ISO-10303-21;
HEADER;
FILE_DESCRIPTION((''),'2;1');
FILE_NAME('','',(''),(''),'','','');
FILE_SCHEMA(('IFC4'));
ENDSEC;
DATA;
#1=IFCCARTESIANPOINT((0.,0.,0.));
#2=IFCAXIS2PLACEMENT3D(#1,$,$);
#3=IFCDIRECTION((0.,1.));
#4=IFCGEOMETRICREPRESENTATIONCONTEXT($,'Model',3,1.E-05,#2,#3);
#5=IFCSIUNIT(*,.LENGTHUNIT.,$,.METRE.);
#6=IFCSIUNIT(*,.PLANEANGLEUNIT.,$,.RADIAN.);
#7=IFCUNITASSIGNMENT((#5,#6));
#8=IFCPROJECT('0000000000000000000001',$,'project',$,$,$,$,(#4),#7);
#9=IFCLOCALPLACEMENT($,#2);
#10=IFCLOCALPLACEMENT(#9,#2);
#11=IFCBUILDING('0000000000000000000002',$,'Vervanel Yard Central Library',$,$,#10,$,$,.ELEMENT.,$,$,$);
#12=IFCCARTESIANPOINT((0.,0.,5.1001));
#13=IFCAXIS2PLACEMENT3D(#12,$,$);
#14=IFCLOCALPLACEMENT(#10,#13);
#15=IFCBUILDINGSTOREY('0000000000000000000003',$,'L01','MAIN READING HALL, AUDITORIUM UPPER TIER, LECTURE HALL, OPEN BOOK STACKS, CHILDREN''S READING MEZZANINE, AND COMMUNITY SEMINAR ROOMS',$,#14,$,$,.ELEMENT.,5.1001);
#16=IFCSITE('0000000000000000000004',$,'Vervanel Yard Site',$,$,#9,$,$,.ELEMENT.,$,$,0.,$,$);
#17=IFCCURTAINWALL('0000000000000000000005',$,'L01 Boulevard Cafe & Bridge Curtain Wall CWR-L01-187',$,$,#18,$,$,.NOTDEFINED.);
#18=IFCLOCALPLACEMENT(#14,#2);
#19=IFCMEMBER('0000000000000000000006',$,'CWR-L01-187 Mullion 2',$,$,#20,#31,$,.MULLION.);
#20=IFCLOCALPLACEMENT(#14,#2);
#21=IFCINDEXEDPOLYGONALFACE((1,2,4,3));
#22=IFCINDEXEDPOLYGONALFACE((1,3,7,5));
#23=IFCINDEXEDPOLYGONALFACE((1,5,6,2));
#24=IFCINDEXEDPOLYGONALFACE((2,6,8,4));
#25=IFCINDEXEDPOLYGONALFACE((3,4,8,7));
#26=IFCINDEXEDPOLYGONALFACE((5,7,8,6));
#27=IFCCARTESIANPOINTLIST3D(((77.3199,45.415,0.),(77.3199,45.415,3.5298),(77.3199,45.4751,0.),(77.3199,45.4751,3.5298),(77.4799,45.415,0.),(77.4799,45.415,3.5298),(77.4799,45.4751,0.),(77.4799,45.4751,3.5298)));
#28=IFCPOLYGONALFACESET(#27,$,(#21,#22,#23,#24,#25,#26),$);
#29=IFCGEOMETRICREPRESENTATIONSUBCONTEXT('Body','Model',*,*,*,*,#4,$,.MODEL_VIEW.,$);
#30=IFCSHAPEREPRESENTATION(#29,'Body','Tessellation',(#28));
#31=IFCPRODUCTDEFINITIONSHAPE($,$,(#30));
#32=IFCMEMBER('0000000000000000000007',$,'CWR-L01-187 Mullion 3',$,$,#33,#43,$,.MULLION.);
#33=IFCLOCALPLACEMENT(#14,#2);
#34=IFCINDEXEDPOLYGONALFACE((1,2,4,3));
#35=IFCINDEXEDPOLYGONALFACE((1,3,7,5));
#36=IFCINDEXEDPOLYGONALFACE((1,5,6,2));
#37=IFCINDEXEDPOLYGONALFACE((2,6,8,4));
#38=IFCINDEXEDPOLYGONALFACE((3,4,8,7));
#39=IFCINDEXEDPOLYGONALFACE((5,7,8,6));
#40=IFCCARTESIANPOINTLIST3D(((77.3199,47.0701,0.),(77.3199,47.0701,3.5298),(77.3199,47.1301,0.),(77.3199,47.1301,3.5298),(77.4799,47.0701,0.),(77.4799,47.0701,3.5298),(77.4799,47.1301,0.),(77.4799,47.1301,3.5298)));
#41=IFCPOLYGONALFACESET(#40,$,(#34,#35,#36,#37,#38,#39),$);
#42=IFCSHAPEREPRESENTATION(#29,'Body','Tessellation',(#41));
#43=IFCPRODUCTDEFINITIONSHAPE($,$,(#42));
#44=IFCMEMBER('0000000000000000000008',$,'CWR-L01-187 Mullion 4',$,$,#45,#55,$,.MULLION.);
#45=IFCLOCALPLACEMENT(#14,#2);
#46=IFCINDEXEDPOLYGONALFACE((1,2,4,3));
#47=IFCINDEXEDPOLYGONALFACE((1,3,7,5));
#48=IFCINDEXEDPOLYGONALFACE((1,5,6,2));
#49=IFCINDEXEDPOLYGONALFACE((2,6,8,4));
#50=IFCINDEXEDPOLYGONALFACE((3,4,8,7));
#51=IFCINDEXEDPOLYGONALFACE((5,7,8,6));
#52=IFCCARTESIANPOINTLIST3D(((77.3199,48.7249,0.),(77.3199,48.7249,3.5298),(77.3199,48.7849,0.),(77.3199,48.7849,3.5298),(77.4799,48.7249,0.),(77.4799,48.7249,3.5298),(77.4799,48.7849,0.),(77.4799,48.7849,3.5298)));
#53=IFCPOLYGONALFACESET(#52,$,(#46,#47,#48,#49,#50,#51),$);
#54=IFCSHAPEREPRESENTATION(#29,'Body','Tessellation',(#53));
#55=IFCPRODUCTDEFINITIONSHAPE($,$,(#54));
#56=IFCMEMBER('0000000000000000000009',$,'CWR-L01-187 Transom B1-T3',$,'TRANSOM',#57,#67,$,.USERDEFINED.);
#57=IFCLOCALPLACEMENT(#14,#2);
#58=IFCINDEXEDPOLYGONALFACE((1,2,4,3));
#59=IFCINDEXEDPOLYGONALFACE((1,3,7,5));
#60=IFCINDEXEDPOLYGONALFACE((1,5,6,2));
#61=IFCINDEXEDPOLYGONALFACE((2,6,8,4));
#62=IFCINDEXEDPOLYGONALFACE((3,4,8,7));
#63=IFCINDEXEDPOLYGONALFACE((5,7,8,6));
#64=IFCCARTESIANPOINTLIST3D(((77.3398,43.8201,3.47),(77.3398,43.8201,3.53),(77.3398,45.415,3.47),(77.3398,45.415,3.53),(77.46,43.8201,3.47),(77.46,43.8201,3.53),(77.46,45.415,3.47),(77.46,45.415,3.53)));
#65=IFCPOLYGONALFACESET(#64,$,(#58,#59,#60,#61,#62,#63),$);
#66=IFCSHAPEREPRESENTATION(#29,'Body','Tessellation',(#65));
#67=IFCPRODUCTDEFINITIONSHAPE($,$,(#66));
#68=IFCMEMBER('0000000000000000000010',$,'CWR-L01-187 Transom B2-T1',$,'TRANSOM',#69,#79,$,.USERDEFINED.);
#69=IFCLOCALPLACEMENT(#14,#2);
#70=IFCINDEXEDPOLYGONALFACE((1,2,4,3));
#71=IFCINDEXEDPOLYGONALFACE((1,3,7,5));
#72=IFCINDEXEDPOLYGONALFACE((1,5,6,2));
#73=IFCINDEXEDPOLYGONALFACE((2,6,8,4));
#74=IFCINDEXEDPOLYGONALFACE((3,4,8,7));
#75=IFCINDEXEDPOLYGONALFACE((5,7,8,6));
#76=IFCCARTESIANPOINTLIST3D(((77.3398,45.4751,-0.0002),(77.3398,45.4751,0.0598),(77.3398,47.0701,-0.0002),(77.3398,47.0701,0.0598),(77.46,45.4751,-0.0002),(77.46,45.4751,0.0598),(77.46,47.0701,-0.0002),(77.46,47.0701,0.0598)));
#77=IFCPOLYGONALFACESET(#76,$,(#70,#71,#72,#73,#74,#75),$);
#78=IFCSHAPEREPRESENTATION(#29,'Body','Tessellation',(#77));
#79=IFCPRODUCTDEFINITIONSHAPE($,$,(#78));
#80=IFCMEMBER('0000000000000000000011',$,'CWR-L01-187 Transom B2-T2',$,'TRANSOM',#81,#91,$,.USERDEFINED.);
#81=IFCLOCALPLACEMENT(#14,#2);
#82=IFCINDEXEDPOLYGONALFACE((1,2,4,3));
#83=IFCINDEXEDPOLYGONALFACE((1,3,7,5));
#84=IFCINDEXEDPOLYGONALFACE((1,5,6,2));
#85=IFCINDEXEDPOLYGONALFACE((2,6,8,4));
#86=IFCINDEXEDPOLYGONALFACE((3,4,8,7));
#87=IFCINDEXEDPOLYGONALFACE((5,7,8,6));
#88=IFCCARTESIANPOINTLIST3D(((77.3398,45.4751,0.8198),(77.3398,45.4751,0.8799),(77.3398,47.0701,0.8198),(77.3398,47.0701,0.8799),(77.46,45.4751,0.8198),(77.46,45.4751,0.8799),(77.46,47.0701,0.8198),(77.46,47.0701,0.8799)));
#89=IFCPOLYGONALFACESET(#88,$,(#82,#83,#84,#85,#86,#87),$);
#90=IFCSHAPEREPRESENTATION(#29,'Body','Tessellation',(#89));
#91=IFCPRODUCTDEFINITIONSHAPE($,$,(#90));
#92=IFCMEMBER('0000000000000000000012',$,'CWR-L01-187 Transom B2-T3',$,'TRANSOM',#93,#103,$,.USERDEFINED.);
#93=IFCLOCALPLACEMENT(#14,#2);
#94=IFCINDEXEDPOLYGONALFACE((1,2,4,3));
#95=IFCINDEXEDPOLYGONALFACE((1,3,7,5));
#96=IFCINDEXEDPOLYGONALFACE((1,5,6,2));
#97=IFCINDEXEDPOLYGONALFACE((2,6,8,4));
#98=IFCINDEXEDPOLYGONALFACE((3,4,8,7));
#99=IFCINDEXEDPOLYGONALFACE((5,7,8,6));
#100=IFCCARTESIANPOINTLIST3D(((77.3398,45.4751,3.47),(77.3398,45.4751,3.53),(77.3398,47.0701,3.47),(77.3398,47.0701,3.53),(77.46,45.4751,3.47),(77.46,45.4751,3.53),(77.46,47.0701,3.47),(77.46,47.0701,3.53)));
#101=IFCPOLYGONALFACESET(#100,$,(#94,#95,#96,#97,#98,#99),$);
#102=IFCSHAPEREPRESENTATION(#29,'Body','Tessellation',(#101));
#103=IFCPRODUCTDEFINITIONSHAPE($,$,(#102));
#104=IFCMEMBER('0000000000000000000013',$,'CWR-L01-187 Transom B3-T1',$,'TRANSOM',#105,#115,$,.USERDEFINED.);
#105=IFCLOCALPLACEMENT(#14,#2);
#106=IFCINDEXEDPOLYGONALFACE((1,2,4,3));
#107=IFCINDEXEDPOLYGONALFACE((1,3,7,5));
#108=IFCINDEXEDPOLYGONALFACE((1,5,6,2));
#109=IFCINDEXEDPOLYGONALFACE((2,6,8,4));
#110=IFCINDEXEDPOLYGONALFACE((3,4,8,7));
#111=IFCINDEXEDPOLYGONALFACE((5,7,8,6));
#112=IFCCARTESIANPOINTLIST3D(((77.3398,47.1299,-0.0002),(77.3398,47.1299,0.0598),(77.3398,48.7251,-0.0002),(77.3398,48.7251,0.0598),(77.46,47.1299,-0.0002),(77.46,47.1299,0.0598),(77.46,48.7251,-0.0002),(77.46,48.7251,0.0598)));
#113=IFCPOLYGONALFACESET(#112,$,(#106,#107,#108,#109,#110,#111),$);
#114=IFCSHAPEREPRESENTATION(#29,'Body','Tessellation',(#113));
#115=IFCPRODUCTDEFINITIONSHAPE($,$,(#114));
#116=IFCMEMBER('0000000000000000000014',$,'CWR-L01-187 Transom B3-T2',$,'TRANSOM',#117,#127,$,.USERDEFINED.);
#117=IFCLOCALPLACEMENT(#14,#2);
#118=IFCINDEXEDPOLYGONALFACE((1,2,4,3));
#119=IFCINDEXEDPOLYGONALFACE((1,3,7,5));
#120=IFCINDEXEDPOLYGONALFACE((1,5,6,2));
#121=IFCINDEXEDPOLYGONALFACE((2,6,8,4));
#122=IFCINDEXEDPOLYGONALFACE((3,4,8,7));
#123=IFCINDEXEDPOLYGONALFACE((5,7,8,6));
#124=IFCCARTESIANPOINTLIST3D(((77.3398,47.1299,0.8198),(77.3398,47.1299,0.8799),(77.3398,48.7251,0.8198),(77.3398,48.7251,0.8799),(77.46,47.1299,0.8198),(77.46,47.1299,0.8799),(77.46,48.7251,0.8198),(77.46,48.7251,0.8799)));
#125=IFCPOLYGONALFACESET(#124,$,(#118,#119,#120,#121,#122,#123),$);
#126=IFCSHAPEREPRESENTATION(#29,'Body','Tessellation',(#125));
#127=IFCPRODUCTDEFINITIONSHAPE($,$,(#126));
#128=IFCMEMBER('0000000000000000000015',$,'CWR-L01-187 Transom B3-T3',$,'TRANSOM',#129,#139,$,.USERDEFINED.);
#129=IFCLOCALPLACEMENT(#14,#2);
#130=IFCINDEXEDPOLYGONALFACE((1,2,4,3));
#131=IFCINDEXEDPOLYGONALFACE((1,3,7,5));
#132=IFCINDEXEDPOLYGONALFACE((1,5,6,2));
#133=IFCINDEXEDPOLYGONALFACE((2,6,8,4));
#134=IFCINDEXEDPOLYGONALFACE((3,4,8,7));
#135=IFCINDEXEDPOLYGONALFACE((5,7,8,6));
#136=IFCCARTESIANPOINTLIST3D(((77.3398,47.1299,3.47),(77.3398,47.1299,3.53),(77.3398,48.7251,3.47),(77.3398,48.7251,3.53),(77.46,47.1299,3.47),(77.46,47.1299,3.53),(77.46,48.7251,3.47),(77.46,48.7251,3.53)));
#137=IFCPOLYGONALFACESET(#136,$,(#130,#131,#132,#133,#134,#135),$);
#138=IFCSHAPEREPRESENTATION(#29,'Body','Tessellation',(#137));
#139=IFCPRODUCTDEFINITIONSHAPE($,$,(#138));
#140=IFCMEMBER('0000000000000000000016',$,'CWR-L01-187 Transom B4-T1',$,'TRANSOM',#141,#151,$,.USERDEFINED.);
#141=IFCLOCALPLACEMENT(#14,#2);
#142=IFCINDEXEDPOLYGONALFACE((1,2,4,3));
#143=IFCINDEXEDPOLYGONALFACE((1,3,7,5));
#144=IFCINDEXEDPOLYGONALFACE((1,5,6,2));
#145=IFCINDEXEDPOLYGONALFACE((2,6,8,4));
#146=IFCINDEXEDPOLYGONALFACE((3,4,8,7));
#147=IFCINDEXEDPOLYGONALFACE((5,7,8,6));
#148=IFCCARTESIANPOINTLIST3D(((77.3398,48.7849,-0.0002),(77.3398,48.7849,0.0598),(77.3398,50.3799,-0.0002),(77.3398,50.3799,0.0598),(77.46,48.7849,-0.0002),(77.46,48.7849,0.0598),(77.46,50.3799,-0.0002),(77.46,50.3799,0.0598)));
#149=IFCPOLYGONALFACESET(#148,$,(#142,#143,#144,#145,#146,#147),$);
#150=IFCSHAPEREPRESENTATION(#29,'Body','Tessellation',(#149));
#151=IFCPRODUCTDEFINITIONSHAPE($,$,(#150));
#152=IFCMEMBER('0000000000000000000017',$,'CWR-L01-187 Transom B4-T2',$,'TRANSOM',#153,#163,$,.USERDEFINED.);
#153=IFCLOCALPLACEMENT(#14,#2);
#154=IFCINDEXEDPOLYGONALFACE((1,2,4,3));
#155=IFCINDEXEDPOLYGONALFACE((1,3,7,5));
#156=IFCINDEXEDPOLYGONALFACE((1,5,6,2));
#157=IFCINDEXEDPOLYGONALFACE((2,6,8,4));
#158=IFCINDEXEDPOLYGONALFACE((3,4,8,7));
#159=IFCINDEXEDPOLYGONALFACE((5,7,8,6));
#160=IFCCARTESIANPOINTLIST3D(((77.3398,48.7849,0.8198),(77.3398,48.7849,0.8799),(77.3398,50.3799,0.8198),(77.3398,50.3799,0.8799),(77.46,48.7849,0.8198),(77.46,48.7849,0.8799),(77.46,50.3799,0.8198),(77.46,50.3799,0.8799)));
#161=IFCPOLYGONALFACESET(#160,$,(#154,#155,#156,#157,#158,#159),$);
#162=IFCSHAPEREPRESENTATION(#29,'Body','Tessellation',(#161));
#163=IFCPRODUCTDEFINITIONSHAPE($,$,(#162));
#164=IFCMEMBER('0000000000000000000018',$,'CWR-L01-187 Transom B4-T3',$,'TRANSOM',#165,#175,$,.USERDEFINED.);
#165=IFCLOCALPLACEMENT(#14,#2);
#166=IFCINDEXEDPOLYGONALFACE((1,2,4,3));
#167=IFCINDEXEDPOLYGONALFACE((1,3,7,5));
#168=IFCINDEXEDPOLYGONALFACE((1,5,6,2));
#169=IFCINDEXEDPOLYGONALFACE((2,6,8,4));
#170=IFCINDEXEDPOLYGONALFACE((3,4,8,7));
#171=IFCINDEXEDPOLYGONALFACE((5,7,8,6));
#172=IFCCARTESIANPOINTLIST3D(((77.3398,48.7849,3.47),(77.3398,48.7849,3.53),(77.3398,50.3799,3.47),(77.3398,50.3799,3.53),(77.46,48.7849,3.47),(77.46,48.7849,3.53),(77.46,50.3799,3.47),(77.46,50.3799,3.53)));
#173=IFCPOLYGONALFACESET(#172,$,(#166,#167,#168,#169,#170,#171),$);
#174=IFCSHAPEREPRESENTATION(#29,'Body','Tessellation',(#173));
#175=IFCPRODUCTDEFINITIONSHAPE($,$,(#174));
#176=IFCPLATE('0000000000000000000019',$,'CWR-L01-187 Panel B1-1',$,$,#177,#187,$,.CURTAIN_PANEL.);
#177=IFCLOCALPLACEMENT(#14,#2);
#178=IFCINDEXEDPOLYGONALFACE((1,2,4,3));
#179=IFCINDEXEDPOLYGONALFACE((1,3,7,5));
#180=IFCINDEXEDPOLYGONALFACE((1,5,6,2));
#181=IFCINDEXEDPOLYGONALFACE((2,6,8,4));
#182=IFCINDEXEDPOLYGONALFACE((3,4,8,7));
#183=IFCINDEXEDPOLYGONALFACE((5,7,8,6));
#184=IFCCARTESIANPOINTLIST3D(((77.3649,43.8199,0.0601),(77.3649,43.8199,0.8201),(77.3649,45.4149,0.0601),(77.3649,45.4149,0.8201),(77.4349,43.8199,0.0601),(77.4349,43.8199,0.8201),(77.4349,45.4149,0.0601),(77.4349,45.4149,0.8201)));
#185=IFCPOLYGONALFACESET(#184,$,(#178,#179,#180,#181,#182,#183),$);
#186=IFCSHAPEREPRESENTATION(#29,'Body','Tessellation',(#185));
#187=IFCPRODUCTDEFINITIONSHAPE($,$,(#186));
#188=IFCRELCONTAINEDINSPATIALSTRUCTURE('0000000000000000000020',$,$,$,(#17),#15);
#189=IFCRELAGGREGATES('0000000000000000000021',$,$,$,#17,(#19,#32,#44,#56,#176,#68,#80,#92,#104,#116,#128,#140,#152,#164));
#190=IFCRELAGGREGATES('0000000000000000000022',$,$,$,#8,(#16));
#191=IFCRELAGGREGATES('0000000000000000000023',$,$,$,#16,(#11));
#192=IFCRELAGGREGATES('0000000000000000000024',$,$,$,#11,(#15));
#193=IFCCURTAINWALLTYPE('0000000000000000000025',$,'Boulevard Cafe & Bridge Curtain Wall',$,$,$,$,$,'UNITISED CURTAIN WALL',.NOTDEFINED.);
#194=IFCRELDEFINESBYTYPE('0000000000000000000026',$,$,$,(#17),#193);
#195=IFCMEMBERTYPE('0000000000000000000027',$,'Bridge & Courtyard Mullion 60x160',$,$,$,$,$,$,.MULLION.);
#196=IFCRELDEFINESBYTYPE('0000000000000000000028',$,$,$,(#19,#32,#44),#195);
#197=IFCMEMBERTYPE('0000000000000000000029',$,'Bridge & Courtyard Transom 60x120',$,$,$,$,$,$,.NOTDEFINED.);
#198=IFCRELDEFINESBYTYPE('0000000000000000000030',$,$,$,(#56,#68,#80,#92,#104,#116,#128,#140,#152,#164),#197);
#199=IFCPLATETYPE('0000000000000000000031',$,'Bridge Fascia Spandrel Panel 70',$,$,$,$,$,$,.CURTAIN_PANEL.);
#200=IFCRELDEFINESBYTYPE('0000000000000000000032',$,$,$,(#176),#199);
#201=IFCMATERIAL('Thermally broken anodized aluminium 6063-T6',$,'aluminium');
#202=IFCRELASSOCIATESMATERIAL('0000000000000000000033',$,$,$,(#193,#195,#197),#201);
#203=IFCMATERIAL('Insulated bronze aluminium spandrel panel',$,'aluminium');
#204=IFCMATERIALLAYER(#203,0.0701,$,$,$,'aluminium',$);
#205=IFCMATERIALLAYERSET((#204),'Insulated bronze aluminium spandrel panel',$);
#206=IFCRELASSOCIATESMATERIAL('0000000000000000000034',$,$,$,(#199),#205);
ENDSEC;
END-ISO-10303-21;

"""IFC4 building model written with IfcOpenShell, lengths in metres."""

from ifc_helpers import new_model, si_unit, direction, frame, origin, origin_2d, place, context, subcontext, project, spatial, rectangle, extrude, material, layer, layer_set, material_profile, profile_set, type_object, element, aggregate, save


model = new_model("IFC4")

# Units and contexts
model_context = context("Model", 3, precision=1e-05, world=origin(), true_north=direction((0.0, 1.0)))
body_context = subcontext(model_context, "Body", "Model", "MODEL_VIEW")
ifc_project = project(units=[si_unit("LENGTHUNIT", "METRE"), si_unit("PLANEANGLEUNIT", "RADIAN")], contexts=[model_context])

# Site, building, storey
site_placement = place(None, origin())
site = spatial("IfcSite", under=ifc_project, at=site_placement, Name="Vervanel Yard Site", CompositionType="ELEMENT", RefElevation=0.0)
building_placement = place(site_placement, origin())
building = spatial("IfcBuilding", under=site, at=building_placement, Name="Vervanel Yard Central Library", CompositionType="ELEMENT")
storey_placement = place(building_placement, frame((0.0, 0.0, 5.1001)))
storey = spatial("IfcBuildingStorey", under=building, at=storey_placement, Name="L01", Description="MAIN READING HALL, AUDITORIUM UPPER TIER, LECTURE HALL, OPEN BOOK STACKS, CHILDREN'S READING MEZZANINE, AND COMMUNITY SEMINAR ROOMS", CompositionType="ELEMENT", Elevation=5.1001)

# Curtain wall, members, plate
ifc_material_1 = material(Name="Thermally broken anodized aluminium 6063-T6", Category="aluminium")
curtain_wall_type = type_object("IfcCurtainWallType", Name="Boulevard Cafe & Bridge Curtain Wall", ElementType="UNITISED CURTAIN WALL", PredefinedType="NOTDEFINED", material=ifc_material_1)
curtain_wall_placement = place(storey_placement, origin())
curtain_wall = element("IfcCurtainWall", 1, at=curtain_wall_placement, inside=storey, type_object=curtain_wall_type, Name="L01 Boulevard Cafe & Bridge Curtain Wall CWR-L01-187", PredefinedType="NOTDEFINED")
ifc_material_profile_1 = material_profile(ifc_material_1, rectangle(XDim=0.0601, YDim=0.1599, at=origin_2d()), Name="ALU 60x160", Category="aluminium")
ifc_profile_set_1 = profile_set([ifc_material_profile_1], Name="Thermally broken anodized aluminium 6063-T6")
member_type_1 = type_object("IfcMemberType", Name="Bridge & Courtyard Mullion 60x160", PredefinedType="MULLION", material=ifc_profile_set_1)
member_1_placement = place(storey_placement, frame((77.3999, 45.4451, 0.0), z_axis=(0.0, 0.0, 1.0), x_axis=(0.0, 1.0, 0.0)))
member_1 = element("IfcMember", 2, at=member_1_placement, type_object=member_type_1, Name="CWR-L01-187 Mullion 2", PredefinedType="MULLION", context=body_context, shape_type="SweptSolid", body=[
    extrude(rectangle(XDim=0.0601, YDim=0.1599, at=origin_2d()), origin(), (0.0, 0.0, 1.0), 3.5298),
])
member_2_placement = place(storey_placement, frame((77.3999, 47.1001, 0.0), z_axis=(0.0, 0.0, 1.0), x_axis=(0.0, 1.0, 0.0)))
member_2 = element("IfcMember", 3, at=member_2_placement, type_object=member_type_1, Name="CWR-L01-187 Mullion 3", PredefinedType="MULLION", context=body_context, shape_type="SweptSolid", body=[
    extrude(rectangle(XDim=0.0601, YDim=0.1599, at=origin_2d()), origin(), (0.0, 0.0, 1.0), 3.5298),
])
member_3_placement = place(storey_placement, frame((77.3999, 48.7549, 0.0), z_axis=(0.0, 0.0, 1.0), x_axis=(0.0, 1.0, 0.0)))
member_3 = element("IfcMember", 4, at=member_3_placement, type_object=member_type_1, Name="CWR-L01-187 Mullion 4", PredefinedType="MULLION", context=body_context, shape_type="SweptSolid", body=[
    extrude(rectangle(XDim=0.0601, YDim=0.1599, at=origin_2d()), origin(), (0.0, 0.0, 1.0), 3.5298),
])
ifc_material_profile_2 = material_profile(ifc_material_1, rectangle(XDim=0.0601, YDim=0.1201, at=origin_2d()), Name="ALU 60x120", Category="aluminium")
ifc_profile_set_2 = profile_set([ifc_material_profile_2], Name="Thermally broken anodized aluminium 6063-T6")
member_type_2 = type_object("IfcMemberType", Name="Bridge & Courtyard Transom 60x120", PredefinedType="NOTDEFINED", material=ifc_profile_set_2)
member_4_placement = place(storey_placement, frame((77.3999, 43.8201, 3.5), z_axis=(0.0, 1.0, 0.0), x_axis=(0.0, 0.0, 1.0)))
member_4 = element("IfcMember", 5, at=member_4_placement, type_object=member_type_2, Name="CWR-L01-187 Transom B1-T3", ObjectType="TRANSOM", PredefinedType="USERDEFINED", context=body_context, shape_type="SweptSolid", body=[
    extrude(rectangle(XDim=0.0601, YDim=0.1201, at=origin_2d()), origin(), (0.0, 0.0, 1.0), 1.595),
])
member_5_placement = place(storey_placement, frame((77.3999, 45.4751, 0.0298), z_axis=(0.0, 1.0, 0.0), x_axis=(0.0, 0.0, 1.0)))
member_5 = element("IfcMember", 6, at=member_5_placement, type_object=member_type_2, Name="CWR-L01-187 Transom B2-T1", ObjectType="TRANSOM", PredefinedType="USERDEFINED", context=body_context, shape_type="SweptSolid", body=[
    extrude(rectangle(XDim=0.0601, YDim=0.1201, at=origin_2d()), origin(), (0.0, 0.0, 1.0), 1.595),
])
member_6_placement = place(storey_placement, frame((77.3999, 45.4751, 0.8499), z_axis=(0.0, 1.0, 0.0), x_axis=(0.0, 0.0, 1.0)))
member_6 = element("IfcMember", 7, at=member_6_placement, type_object=member_type_2, Name="CWR-L01-187 Transom B2-T2", ObjectType="TRANSOM", PredefinedType="USERDEFINED", context=body_context, shape_type="SweptSolid", body=[
    extrude(rectangle(XDim=0.0601, YDim=0.1201, at=origin_2d()), origin(), (0.0, 0.0, 1.0), 1.595),
])
member_7_placement = place(storey_placement, frame((77.3999, 45.4751, 3.5), z_axis=(0.0, 1.0, 0.0), x_axis=(0.0, 0.0, 1.0)))
member_7 = element("IfcMember", 8, at=member_7_placement, type_object=member_type_2, Name="CWR-L01-187 Transom B2-T3", ObjectType="TRANSOM", PredefinedType="USERDEFINED", context=body_context, shape_type="SweptSolid", body=[
    extrude(rectangle(XDim=0.0601, YDim=0.1201, at=origin_2d()), origin(), (0.0, 0.0, 1.0), 1.595),
])
member_8_placement = place(storey_placement, frame((77.3999, 47.1299, 0.0298), z_axis=(0.0, 1.0, 0.0), x_axis=(0.0, 0.0, 1.0)))
member_8 = element("IfcMember", 9, at=member_8_placement, type_object=member_type_2, Name="CWR-L01-187 Transom B3-T1", ObjectType="TRANSOM", PredefinedType="USERDEFINED", context=body_context, shape_type="SweptSolid", body=[
    extrude(rectangle(XDim=0.0601, YDim=0.1201, at=origin_2d()), origin(), (0.0, 0.0, 1.0), 1.5952),
])
member_9_placement = place(storey_placement, frame((77.3999, 47.1299, 0.8499), z_axis=(0.0, 1.0, 0.0), x_axis=(0.0, 0.0, 1.0)))
member_9 = element("IfcMember", 10, at=member_9_placement, type_object=member_type_2, Name="CWR-L01-187 Transom B3-T2", ObjectType="TRANSOM", PredefinedType="USERDEFINED", context=body_context, shape_type="SweptSolid", body=[
    extrude(rectangle(XDim=0.0601, YDim=0.1201, at=origin_2d()), origin(), (0.0, 0.0, 1.0), 1.5952),
])
member_10_placement = place(storey_placement, frame((77.3999, 47.1299, 3.5), z_axis=(0.0, 1.0, 0.0), x_axis=(0.0, 0.0, 1.0)))
member_10 = element("IfcMember", 11, at=member_10_placement, type_object=member_type_2, Name="CWR-L01-187 Transom B3-T3", ObjectType="TRANSOM", PredefinedType="USERDEFINED", context=body_context, shape_type="SweptSolid", body=[
    extrude(rectangle(XDim=0.0601, YDim=0.1201, at=origin_2d()), origin(), (0.0, 0.0, 1.0), 1.5952),
])
member_11_placement = place(storey_placement, frame((77.3999, 48.7849, 0.0298), z_axis=(0.0, 1.0, 0.0), x_axis=(0.0, 0.0, 1.0)))
member_11 = element("IfcMember", 12, at=member_11_placement, type_object=member_type_2, Name="CWR-L01-187 Transom B4-T1", ObjectType="TRANSOM", PredefinedType="USERDEFINED", context=body_context, shape_type="SweptSolid", body=[
    extrude(rectangle(XDim=0.0601, YDim=0.1201, at=origin_2d()), origin(), (0.0, 0.0, 1.0), 1.595),
])
member_12_placement = place(storey_placement, frame((77.3999, 48.7849, 0.8499), z_axis=(0.0, 1.0, 0.0), x_axis=(0.0, 0.0, 1.0)))
member_12 = element("IfcMember", 13, at=member_12_placement, type_object=member_type_2, Name="CWR-L01-187 Transom B4-T2", ObjectType="TRANSOM", PredefinedType="USERDEFINED", context=body_context, shape_type="SweptSolid", body=[
    extrude(rectangle(XDim=0.0601, YDim=0.1201, at=origin_2d()), origin(), (0.0, 0.0, 1.0), 1.595),
])
member_13_placement = place(storey_placement, frame((77.3999, 48.7849, 3.5), z_axis=(0.0, 1.0, 0.0), x_axis=(0.0, 0.0, 1.0)))
member_13 = element("IfcMember", 14, at=member_13_placement, type_object=member_type_2, Name="CWR-L01-187 Transom B4-T3", ObjectType="TRANSOM", PredefinedType="USERDEFINED", context=body_context, shape_type="SweptSolid", body=[
    extrude(rectangle(XDim=0.0601, YDim=0.1201, at=origin_2d()), origin(), (0.0, 0.0, 1.0), 1.595),
])
ifc_material_2 = material(Name="Insulated bronze aluminium spandrel panel", Category="aluminium")
ifc_layer_1 = layer(ifc_material_2, 0.0701, Category="aluminium")
ifc_layer_set_1 = layer_set([ifc_layer_1], Name="Insulated bronze aluminium spandrel panel")
plate_type_1 = type_object("IfcPlateType", Name="Bridge Fascia Spandrel Panel 70", PredefinedType="CURTAIN_PANEL", material=ifc_layer_set_1)
plate_1_placement = place(storey_placement, frame((77.3999, 44.6174, 0.0601), z_axis=(0.0, 0.0, 1.0), x_axis=(0.0, 1.0, 0.0)))
plate_1 = element("IfcPlate", 15, at=plate_1_placement, type_object=plate_type_1, Name="CWR-L01-187 Panel B1-1", PredefinedType="CURTAIN_PANEL", context=body_context, shape_type="SweptSolid", body=[
    extrude(rectangle(XDim=1.595, YDim=0.0701, at=origin_2d()), origin(), (0.0, 0.0, 1.0), 0.76),
])
aggregate(curtain_wall, [member_1, member_2, member_3, member_4, plate_1, member_5, member_6, member_7, member_8, member_9, member_10, member_11, member_12, member_13])

save(model, "model.ifc")
